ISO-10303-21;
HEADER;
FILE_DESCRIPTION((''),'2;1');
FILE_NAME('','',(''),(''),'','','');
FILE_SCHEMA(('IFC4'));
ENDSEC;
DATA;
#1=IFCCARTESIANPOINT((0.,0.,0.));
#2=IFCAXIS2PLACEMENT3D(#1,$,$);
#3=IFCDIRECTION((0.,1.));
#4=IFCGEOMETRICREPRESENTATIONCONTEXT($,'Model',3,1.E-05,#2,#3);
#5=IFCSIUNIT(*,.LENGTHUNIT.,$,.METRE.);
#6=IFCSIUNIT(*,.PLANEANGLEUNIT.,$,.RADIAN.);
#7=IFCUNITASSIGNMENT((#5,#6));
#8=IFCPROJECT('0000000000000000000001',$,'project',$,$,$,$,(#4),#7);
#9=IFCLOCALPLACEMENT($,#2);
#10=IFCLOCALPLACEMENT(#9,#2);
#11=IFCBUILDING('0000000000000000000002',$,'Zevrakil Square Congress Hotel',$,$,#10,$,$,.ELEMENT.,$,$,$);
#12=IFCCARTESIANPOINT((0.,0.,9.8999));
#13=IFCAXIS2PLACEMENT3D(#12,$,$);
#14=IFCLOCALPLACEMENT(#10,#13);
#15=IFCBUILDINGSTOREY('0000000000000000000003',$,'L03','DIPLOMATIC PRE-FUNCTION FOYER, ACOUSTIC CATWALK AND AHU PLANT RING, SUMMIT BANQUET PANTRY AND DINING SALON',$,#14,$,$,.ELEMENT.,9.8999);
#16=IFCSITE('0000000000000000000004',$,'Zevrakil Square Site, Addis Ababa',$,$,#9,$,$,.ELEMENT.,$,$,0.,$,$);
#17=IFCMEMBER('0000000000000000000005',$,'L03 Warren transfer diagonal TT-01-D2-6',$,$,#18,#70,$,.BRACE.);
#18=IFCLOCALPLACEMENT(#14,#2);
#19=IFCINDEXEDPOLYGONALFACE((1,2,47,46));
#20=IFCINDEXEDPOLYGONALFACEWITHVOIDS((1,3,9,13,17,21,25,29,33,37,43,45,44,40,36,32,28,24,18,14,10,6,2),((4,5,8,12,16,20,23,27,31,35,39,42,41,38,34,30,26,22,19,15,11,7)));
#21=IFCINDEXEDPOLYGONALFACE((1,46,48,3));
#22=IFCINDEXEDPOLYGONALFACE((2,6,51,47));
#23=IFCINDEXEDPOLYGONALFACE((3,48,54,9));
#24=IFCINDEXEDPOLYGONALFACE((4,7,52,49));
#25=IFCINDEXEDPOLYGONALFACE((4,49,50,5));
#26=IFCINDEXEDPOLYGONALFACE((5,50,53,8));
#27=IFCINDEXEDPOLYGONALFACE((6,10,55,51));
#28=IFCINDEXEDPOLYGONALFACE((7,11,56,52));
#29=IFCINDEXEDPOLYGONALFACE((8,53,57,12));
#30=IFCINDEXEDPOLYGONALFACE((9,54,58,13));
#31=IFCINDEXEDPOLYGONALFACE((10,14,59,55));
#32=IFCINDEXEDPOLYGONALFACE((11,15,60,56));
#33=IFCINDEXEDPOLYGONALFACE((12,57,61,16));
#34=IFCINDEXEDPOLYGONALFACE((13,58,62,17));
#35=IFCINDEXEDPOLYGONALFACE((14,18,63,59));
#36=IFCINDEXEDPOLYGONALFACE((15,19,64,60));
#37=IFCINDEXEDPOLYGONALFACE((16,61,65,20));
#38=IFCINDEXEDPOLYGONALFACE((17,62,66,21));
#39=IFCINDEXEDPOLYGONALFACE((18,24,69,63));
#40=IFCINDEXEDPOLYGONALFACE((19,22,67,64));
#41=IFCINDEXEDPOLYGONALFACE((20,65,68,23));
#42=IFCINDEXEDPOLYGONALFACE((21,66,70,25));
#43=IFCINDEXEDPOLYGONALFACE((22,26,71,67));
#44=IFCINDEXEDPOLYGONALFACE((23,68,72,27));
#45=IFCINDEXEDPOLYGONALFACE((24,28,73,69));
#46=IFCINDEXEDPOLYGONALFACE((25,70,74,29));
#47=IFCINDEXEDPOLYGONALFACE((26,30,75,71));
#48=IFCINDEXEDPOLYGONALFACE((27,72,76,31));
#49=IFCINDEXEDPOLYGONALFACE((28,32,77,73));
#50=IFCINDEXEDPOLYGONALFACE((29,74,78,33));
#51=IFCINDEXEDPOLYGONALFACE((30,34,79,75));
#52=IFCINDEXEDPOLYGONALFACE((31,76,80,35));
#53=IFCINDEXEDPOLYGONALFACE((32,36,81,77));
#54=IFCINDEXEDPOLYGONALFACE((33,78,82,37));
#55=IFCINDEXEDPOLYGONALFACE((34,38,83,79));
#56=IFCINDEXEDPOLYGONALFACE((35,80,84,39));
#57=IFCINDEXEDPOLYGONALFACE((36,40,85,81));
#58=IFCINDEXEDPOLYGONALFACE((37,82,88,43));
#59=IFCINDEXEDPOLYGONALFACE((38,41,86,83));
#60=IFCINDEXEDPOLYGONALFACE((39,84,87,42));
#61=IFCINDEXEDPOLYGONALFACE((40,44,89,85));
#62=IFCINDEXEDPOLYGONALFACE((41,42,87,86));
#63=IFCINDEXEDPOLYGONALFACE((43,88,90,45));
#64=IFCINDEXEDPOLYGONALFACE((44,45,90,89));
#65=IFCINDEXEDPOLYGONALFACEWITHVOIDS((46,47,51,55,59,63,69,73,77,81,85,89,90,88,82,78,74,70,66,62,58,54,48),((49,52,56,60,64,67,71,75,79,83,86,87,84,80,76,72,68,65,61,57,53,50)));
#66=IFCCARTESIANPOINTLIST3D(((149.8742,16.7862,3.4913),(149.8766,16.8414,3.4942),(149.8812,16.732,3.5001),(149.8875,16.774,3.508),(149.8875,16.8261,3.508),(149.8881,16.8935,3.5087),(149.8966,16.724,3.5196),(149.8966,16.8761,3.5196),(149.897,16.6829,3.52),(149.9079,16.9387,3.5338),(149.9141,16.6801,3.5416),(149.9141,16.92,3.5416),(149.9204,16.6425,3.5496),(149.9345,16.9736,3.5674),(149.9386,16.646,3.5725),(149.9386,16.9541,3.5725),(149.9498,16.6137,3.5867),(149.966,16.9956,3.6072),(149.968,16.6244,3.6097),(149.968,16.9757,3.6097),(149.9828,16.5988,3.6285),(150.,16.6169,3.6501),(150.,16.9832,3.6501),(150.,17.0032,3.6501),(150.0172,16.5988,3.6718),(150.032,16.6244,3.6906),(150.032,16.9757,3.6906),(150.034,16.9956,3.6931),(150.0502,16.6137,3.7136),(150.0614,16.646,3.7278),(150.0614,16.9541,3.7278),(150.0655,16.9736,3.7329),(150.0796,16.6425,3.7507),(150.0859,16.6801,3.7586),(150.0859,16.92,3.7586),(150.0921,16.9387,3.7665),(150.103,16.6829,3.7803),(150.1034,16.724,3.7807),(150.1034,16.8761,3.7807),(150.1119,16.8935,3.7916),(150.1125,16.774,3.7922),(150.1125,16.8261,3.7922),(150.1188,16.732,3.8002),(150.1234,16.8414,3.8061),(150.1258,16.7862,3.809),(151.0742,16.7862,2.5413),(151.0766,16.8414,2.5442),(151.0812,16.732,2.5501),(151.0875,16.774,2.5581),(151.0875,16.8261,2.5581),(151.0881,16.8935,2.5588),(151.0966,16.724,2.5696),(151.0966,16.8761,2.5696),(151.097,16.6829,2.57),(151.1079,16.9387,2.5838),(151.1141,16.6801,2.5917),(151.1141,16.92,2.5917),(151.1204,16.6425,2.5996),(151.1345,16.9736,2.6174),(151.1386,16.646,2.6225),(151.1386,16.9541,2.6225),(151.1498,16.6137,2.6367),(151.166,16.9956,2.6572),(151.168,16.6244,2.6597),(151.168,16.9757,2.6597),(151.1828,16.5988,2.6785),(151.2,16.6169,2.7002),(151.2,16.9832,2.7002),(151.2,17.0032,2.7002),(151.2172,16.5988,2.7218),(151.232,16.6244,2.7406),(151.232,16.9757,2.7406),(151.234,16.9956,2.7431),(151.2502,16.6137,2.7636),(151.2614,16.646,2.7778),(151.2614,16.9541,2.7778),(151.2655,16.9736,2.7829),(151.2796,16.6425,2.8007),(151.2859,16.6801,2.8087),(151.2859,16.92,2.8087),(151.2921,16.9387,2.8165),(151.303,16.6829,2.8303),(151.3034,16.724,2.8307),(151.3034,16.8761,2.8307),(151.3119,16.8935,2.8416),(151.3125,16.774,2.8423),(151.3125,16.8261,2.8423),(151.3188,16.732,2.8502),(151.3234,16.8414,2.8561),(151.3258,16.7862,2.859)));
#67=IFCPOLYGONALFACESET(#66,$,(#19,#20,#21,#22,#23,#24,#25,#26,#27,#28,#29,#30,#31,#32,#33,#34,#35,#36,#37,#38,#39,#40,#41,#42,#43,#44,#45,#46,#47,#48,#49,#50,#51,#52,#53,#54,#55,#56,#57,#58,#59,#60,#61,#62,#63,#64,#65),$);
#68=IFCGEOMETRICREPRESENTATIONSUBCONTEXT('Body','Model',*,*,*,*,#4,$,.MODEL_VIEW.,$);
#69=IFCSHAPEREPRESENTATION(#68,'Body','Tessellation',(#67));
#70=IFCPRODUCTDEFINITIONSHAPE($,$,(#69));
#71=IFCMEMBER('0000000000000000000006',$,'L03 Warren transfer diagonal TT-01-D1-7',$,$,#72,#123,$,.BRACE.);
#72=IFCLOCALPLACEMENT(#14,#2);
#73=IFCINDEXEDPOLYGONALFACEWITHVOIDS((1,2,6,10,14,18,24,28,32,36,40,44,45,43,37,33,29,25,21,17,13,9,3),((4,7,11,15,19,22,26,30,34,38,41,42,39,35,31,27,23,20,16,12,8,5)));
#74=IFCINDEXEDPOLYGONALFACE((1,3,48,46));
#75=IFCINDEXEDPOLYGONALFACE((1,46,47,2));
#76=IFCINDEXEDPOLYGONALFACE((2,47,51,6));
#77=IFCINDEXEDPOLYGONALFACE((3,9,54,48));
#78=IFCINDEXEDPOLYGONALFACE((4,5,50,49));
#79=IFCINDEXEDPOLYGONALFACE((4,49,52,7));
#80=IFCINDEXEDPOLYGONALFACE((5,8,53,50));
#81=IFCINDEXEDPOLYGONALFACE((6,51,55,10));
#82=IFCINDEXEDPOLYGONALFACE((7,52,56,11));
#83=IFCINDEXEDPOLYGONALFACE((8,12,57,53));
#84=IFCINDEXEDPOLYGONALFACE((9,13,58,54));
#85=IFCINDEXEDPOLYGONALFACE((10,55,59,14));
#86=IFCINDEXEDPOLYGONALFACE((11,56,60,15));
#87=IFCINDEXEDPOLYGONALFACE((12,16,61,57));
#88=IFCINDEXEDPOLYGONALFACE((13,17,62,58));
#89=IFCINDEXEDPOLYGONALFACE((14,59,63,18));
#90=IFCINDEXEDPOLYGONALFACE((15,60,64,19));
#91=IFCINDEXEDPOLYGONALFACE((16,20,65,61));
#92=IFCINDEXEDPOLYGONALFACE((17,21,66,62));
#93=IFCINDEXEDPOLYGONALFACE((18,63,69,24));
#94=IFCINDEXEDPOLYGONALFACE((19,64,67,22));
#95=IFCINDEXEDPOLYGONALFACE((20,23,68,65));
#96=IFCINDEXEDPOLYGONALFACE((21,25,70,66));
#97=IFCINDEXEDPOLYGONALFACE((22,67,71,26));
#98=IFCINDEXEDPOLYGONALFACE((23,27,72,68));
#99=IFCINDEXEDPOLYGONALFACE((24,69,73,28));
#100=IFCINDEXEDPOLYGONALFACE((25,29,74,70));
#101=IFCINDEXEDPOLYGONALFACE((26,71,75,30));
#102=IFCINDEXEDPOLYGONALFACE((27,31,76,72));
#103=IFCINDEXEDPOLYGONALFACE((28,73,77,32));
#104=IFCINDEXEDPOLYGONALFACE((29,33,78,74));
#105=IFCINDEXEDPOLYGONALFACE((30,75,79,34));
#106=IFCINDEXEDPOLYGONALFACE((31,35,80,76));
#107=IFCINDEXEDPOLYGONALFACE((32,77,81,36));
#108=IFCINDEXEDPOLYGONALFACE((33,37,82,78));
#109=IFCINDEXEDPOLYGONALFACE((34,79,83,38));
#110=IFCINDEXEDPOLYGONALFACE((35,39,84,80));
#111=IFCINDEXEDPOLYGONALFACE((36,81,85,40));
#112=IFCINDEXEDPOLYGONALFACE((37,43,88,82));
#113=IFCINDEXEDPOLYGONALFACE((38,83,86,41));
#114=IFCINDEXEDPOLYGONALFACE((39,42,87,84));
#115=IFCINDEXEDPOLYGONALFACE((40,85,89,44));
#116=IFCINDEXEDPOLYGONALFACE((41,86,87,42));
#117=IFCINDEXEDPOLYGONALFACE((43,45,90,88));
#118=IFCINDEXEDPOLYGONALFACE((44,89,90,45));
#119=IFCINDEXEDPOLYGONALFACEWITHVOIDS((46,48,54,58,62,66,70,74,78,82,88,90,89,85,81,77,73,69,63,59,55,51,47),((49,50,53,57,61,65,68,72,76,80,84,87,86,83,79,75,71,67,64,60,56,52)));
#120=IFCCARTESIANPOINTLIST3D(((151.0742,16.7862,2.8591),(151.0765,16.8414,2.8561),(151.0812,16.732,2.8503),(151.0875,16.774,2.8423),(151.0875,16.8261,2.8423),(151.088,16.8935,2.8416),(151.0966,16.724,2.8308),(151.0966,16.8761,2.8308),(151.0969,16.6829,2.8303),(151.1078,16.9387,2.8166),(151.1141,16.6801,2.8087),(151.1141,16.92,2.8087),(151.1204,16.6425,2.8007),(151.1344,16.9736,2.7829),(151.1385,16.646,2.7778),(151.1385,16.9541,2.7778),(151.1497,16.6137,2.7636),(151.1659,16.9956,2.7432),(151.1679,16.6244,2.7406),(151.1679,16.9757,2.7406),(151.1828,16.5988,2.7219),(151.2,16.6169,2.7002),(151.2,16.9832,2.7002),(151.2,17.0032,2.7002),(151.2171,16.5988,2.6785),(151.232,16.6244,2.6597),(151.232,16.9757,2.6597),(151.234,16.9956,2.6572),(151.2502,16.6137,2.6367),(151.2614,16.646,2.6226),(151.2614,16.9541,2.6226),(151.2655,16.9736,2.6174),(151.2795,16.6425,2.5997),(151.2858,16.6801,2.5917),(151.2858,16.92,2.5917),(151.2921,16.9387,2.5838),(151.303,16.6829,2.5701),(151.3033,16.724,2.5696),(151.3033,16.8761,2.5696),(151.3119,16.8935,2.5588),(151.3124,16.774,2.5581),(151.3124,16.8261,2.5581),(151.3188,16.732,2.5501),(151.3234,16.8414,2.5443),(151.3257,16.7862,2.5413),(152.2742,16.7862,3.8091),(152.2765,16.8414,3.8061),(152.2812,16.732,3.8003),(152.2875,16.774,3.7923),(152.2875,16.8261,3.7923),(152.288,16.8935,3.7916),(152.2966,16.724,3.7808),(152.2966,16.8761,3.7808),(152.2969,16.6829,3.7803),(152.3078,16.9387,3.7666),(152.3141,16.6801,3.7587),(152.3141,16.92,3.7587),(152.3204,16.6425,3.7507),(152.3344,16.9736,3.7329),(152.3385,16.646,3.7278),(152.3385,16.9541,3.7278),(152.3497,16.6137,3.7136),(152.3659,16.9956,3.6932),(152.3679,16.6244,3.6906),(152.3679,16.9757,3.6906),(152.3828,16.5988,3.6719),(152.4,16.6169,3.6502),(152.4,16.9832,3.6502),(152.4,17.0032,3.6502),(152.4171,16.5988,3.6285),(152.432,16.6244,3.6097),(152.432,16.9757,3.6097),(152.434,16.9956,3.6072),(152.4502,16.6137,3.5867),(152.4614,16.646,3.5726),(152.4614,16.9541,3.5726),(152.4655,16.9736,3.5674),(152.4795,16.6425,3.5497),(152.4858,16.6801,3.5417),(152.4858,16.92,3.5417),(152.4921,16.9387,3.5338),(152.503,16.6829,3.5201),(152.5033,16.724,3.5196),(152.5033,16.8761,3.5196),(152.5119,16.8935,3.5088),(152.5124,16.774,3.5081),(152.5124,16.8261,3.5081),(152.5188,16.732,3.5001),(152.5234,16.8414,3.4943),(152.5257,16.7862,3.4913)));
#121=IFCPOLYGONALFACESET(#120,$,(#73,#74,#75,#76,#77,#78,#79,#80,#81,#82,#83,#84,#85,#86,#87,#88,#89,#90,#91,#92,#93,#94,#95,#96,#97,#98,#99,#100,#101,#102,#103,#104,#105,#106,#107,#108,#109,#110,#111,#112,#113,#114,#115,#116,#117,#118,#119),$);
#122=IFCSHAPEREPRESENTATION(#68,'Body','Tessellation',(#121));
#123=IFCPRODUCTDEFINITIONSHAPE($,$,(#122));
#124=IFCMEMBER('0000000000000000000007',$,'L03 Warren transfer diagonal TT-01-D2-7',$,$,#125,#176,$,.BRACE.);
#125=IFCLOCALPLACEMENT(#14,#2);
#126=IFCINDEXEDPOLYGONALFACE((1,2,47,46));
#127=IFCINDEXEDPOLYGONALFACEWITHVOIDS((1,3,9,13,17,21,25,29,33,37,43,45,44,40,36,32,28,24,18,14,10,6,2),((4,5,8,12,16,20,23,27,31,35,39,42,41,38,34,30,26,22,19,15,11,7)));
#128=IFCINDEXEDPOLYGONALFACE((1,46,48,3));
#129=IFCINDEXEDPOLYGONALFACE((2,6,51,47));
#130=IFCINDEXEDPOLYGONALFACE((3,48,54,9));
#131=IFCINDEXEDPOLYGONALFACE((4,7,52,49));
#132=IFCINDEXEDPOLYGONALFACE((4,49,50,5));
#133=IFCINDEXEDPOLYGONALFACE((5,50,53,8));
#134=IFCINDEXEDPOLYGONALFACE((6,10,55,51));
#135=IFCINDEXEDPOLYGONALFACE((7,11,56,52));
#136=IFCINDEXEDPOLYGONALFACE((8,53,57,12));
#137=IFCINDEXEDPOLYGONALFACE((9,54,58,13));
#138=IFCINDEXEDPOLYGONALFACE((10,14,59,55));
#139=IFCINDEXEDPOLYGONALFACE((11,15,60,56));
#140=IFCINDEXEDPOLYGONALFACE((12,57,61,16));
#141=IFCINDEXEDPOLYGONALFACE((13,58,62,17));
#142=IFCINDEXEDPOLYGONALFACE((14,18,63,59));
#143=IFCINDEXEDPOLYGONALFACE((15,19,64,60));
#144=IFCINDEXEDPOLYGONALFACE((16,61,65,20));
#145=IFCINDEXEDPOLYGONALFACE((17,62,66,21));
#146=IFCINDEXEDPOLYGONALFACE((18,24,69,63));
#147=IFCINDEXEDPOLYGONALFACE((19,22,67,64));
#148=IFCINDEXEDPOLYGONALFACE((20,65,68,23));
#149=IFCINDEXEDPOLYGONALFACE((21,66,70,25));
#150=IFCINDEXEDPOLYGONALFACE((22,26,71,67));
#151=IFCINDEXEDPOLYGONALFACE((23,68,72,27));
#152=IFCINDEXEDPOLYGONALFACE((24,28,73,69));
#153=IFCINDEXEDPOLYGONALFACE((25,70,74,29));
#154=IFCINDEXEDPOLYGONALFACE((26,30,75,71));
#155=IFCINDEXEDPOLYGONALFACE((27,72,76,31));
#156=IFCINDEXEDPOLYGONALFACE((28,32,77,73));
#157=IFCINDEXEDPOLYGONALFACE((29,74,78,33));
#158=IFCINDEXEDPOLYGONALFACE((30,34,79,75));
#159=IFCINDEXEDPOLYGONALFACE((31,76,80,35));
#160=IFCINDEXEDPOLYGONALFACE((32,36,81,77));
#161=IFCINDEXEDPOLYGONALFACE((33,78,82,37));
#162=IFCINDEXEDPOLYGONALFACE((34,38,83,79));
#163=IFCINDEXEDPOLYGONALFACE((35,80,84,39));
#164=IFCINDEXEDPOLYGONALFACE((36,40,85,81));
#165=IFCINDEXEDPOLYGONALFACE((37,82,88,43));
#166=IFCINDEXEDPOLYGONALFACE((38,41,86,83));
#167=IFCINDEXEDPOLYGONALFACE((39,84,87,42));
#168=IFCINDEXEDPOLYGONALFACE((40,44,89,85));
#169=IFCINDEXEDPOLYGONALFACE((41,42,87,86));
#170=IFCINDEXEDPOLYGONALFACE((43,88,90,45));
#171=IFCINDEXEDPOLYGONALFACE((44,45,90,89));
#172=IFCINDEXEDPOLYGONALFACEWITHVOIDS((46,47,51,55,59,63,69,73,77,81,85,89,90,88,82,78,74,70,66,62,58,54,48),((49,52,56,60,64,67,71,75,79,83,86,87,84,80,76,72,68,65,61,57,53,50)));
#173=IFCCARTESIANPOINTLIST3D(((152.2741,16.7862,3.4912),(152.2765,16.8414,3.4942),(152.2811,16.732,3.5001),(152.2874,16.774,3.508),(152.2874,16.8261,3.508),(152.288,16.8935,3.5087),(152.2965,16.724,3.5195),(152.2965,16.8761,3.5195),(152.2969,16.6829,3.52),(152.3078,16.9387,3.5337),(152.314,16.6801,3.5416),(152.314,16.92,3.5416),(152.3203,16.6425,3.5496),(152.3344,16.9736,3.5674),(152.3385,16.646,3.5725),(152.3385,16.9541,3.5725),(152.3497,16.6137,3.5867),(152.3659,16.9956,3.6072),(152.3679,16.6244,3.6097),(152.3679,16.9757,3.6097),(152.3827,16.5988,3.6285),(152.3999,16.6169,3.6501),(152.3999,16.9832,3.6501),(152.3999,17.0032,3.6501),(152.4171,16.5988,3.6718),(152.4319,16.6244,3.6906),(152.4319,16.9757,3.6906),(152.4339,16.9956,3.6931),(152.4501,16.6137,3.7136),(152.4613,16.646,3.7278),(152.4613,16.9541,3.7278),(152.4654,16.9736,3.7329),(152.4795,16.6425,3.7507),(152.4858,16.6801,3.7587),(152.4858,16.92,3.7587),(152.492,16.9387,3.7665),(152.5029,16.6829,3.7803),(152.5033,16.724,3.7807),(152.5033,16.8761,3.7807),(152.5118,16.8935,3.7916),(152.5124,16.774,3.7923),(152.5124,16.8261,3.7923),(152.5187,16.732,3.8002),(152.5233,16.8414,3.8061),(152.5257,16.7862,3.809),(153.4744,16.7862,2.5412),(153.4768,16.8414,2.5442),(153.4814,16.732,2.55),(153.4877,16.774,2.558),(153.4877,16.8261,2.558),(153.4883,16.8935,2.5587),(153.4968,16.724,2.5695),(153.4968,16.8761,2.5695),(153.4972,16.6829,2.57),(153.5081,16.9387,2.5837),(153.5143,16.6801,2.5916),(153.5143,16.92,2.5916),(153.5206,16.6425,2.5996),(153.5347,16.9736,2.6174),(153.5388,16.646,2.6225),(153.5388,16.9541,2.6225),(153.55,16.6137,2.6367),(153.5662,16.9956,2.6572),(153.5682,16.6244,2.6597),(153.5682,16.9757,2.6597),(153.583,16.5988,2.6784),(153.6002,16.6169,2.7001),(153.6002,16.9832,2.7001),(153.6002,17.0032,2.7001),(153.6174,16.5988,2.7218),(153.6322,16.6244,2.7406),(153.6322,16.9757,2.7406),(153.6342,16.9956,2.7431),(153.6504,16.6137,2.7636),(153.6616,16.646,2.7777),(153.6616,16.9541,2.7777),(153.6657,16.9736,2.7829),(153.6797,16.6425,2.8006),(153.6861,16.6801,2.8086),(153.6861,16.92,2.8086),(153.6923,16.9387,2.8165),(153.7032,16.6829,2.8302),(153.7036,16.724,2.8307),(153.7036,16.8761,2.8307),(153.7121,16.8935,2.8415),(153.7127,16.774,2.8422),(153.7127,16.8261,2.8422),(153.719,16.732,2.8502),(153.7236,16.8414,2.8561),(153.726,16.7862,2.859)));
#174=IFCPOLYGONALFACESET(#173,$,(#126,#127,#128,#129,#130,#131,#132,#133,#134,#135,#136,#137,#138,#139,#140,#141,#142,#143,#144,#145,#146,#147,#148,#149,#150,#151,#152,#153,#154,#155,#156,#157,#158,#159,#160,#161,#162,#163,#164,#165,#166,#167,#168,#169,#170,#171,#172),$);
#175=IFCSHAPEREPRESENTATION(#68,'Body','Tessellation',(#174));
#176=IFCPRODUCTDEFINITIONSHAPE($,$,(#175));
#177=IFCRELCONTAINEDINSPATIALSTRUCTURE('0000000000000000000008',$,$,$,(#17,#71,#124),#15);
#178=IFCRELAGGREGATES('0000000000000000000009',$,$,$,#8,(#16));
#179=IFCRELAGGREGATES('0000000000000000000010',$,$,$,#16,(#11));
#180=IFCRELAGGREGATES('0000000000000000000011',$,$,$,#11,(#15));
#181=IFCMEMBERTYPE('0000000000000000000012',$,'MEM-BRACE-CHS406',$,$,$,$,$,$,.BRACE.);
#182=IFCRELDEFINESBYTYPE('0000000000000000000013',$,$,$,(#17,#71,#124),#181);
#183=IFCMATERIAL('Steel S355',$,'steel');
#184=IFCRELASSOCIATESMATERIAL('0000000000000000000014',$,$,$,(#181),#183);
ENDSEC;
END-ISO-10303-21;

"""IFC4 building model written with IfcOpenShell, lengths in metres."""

from ifc_helpers import new_model, si_unit, direction, frame, origin, origin_2d, place, context, subcontext, project, spatial, hollow_circle, extrude, material, material_profile, profile_set, type_object, element, save


model = new_model("IFC4")

# Units and contexts
model_context = context("Model", 3, precision=1e-05, world=origin(), true_north=direction((0.0, 1.0)))
body_context = subcontext(model_context, "Body", "Model", "MODEL_VIEW")
ifc_project = project(units=[si_unit("LENGTHUNIT", "METRE"), si_unit("PLANEANGLEUNIT", "RADIAN")], contexts=[model_context])

# Site, building, storey
site_placement = place(None, origin())
site = spatial("IfcSite", under=ifc_project, at=site_placement, Name="Zevrakil Square Site, Addis Ababa", CompositionType="ELEMENT", RefElevation=0.0)
building_placement = place(site_placement, origin())
building = spatial("IfcBuilding", under=site, at=building_placement, Name="Zevrakil Square Congress Hotel", CompositionType="ELEMENT")
storey_placement = place(building_placement, frame((0.0, 0.0, 9.8999)))
storey = spatial("IfcBuildingStorey", under=building, at=storey_placement, Name="L03", Description="DIPLOMATIC PRE-FUNCTION FOYER, ACOUSTIC CATWALK AND AHU PLANT RING, SUMMIT BANQUET PANTRY AND DINING SALON", CompositionType="ELEMENT", Elevation=9.8999)

# Members
ifc_material_1 = material(Name="Steel S355", Category="steel")
ifc_material_profile = material_profile(ifc_material_1, hollow_circle(Radius=0.2031, WallThickness=0.02, at=origin_2d()), Name="CHS 406.4x20")
ifc_profile_set = profile_set([ifc_material_profile], Name="Steel S355")
member_type = type_object("IfcMemberType", Name="MEM-BRACE-CHS406", PredefinedType="BRACE", material=ifc_profile_set)
for number, where, z_axis, x_axis, name in (
    (1, (150.0, 16.8, 3.6501), (0.784049, 0.0, -0.620699), (0.0, 1.0, 0.0), "L03 Warren transfer diagonal TT-01-D2-6"),
    (2, (151.2, 16.8, 2.7002), (0.784049, 0.0, 0.620699), (0.0, 1.0, 0.0), "L03 Warren transfer diagonal TT-01-D1-7"),
):
    element("IfcMember", number, at=place(storey_placement, frame(where, z_axis=z_axis, x_axis=x_axis)), inside=storey, type_object=member_type, Name=name, PredefinedType="BRACE", context=body_context, shape_type="SweptSolid", body=[
        extrude(hollow_circle(Radius=0.2031, WallThickness=0.02, at=origin_2d()), origin(), (0.0, 0.0, 1.0), 1.5305),
    ])
member_placement = place(storey_placement, frame((152.3999, 16.8, 3.6501), z_axis=(0.784111, 0.0, -0.620621), x_axis=(0.0, 1.0, 0.0)))
element("IfcMember", 3, at=member_placement, inside=storey, type_object=member_type, Name="L03 Warren transfer diagonal TT-01-D2-7", PredefinedType="BRACE", context=body_context, shape_type="SweptSolid", body=[
    extrude(hollow_circle(Radius=0.2031, WallThickness=0.02, at=origin_2d()), origin(), (0.0, 0.0, 1.0), 1.5308),
])

save(model, "model.ifc")
